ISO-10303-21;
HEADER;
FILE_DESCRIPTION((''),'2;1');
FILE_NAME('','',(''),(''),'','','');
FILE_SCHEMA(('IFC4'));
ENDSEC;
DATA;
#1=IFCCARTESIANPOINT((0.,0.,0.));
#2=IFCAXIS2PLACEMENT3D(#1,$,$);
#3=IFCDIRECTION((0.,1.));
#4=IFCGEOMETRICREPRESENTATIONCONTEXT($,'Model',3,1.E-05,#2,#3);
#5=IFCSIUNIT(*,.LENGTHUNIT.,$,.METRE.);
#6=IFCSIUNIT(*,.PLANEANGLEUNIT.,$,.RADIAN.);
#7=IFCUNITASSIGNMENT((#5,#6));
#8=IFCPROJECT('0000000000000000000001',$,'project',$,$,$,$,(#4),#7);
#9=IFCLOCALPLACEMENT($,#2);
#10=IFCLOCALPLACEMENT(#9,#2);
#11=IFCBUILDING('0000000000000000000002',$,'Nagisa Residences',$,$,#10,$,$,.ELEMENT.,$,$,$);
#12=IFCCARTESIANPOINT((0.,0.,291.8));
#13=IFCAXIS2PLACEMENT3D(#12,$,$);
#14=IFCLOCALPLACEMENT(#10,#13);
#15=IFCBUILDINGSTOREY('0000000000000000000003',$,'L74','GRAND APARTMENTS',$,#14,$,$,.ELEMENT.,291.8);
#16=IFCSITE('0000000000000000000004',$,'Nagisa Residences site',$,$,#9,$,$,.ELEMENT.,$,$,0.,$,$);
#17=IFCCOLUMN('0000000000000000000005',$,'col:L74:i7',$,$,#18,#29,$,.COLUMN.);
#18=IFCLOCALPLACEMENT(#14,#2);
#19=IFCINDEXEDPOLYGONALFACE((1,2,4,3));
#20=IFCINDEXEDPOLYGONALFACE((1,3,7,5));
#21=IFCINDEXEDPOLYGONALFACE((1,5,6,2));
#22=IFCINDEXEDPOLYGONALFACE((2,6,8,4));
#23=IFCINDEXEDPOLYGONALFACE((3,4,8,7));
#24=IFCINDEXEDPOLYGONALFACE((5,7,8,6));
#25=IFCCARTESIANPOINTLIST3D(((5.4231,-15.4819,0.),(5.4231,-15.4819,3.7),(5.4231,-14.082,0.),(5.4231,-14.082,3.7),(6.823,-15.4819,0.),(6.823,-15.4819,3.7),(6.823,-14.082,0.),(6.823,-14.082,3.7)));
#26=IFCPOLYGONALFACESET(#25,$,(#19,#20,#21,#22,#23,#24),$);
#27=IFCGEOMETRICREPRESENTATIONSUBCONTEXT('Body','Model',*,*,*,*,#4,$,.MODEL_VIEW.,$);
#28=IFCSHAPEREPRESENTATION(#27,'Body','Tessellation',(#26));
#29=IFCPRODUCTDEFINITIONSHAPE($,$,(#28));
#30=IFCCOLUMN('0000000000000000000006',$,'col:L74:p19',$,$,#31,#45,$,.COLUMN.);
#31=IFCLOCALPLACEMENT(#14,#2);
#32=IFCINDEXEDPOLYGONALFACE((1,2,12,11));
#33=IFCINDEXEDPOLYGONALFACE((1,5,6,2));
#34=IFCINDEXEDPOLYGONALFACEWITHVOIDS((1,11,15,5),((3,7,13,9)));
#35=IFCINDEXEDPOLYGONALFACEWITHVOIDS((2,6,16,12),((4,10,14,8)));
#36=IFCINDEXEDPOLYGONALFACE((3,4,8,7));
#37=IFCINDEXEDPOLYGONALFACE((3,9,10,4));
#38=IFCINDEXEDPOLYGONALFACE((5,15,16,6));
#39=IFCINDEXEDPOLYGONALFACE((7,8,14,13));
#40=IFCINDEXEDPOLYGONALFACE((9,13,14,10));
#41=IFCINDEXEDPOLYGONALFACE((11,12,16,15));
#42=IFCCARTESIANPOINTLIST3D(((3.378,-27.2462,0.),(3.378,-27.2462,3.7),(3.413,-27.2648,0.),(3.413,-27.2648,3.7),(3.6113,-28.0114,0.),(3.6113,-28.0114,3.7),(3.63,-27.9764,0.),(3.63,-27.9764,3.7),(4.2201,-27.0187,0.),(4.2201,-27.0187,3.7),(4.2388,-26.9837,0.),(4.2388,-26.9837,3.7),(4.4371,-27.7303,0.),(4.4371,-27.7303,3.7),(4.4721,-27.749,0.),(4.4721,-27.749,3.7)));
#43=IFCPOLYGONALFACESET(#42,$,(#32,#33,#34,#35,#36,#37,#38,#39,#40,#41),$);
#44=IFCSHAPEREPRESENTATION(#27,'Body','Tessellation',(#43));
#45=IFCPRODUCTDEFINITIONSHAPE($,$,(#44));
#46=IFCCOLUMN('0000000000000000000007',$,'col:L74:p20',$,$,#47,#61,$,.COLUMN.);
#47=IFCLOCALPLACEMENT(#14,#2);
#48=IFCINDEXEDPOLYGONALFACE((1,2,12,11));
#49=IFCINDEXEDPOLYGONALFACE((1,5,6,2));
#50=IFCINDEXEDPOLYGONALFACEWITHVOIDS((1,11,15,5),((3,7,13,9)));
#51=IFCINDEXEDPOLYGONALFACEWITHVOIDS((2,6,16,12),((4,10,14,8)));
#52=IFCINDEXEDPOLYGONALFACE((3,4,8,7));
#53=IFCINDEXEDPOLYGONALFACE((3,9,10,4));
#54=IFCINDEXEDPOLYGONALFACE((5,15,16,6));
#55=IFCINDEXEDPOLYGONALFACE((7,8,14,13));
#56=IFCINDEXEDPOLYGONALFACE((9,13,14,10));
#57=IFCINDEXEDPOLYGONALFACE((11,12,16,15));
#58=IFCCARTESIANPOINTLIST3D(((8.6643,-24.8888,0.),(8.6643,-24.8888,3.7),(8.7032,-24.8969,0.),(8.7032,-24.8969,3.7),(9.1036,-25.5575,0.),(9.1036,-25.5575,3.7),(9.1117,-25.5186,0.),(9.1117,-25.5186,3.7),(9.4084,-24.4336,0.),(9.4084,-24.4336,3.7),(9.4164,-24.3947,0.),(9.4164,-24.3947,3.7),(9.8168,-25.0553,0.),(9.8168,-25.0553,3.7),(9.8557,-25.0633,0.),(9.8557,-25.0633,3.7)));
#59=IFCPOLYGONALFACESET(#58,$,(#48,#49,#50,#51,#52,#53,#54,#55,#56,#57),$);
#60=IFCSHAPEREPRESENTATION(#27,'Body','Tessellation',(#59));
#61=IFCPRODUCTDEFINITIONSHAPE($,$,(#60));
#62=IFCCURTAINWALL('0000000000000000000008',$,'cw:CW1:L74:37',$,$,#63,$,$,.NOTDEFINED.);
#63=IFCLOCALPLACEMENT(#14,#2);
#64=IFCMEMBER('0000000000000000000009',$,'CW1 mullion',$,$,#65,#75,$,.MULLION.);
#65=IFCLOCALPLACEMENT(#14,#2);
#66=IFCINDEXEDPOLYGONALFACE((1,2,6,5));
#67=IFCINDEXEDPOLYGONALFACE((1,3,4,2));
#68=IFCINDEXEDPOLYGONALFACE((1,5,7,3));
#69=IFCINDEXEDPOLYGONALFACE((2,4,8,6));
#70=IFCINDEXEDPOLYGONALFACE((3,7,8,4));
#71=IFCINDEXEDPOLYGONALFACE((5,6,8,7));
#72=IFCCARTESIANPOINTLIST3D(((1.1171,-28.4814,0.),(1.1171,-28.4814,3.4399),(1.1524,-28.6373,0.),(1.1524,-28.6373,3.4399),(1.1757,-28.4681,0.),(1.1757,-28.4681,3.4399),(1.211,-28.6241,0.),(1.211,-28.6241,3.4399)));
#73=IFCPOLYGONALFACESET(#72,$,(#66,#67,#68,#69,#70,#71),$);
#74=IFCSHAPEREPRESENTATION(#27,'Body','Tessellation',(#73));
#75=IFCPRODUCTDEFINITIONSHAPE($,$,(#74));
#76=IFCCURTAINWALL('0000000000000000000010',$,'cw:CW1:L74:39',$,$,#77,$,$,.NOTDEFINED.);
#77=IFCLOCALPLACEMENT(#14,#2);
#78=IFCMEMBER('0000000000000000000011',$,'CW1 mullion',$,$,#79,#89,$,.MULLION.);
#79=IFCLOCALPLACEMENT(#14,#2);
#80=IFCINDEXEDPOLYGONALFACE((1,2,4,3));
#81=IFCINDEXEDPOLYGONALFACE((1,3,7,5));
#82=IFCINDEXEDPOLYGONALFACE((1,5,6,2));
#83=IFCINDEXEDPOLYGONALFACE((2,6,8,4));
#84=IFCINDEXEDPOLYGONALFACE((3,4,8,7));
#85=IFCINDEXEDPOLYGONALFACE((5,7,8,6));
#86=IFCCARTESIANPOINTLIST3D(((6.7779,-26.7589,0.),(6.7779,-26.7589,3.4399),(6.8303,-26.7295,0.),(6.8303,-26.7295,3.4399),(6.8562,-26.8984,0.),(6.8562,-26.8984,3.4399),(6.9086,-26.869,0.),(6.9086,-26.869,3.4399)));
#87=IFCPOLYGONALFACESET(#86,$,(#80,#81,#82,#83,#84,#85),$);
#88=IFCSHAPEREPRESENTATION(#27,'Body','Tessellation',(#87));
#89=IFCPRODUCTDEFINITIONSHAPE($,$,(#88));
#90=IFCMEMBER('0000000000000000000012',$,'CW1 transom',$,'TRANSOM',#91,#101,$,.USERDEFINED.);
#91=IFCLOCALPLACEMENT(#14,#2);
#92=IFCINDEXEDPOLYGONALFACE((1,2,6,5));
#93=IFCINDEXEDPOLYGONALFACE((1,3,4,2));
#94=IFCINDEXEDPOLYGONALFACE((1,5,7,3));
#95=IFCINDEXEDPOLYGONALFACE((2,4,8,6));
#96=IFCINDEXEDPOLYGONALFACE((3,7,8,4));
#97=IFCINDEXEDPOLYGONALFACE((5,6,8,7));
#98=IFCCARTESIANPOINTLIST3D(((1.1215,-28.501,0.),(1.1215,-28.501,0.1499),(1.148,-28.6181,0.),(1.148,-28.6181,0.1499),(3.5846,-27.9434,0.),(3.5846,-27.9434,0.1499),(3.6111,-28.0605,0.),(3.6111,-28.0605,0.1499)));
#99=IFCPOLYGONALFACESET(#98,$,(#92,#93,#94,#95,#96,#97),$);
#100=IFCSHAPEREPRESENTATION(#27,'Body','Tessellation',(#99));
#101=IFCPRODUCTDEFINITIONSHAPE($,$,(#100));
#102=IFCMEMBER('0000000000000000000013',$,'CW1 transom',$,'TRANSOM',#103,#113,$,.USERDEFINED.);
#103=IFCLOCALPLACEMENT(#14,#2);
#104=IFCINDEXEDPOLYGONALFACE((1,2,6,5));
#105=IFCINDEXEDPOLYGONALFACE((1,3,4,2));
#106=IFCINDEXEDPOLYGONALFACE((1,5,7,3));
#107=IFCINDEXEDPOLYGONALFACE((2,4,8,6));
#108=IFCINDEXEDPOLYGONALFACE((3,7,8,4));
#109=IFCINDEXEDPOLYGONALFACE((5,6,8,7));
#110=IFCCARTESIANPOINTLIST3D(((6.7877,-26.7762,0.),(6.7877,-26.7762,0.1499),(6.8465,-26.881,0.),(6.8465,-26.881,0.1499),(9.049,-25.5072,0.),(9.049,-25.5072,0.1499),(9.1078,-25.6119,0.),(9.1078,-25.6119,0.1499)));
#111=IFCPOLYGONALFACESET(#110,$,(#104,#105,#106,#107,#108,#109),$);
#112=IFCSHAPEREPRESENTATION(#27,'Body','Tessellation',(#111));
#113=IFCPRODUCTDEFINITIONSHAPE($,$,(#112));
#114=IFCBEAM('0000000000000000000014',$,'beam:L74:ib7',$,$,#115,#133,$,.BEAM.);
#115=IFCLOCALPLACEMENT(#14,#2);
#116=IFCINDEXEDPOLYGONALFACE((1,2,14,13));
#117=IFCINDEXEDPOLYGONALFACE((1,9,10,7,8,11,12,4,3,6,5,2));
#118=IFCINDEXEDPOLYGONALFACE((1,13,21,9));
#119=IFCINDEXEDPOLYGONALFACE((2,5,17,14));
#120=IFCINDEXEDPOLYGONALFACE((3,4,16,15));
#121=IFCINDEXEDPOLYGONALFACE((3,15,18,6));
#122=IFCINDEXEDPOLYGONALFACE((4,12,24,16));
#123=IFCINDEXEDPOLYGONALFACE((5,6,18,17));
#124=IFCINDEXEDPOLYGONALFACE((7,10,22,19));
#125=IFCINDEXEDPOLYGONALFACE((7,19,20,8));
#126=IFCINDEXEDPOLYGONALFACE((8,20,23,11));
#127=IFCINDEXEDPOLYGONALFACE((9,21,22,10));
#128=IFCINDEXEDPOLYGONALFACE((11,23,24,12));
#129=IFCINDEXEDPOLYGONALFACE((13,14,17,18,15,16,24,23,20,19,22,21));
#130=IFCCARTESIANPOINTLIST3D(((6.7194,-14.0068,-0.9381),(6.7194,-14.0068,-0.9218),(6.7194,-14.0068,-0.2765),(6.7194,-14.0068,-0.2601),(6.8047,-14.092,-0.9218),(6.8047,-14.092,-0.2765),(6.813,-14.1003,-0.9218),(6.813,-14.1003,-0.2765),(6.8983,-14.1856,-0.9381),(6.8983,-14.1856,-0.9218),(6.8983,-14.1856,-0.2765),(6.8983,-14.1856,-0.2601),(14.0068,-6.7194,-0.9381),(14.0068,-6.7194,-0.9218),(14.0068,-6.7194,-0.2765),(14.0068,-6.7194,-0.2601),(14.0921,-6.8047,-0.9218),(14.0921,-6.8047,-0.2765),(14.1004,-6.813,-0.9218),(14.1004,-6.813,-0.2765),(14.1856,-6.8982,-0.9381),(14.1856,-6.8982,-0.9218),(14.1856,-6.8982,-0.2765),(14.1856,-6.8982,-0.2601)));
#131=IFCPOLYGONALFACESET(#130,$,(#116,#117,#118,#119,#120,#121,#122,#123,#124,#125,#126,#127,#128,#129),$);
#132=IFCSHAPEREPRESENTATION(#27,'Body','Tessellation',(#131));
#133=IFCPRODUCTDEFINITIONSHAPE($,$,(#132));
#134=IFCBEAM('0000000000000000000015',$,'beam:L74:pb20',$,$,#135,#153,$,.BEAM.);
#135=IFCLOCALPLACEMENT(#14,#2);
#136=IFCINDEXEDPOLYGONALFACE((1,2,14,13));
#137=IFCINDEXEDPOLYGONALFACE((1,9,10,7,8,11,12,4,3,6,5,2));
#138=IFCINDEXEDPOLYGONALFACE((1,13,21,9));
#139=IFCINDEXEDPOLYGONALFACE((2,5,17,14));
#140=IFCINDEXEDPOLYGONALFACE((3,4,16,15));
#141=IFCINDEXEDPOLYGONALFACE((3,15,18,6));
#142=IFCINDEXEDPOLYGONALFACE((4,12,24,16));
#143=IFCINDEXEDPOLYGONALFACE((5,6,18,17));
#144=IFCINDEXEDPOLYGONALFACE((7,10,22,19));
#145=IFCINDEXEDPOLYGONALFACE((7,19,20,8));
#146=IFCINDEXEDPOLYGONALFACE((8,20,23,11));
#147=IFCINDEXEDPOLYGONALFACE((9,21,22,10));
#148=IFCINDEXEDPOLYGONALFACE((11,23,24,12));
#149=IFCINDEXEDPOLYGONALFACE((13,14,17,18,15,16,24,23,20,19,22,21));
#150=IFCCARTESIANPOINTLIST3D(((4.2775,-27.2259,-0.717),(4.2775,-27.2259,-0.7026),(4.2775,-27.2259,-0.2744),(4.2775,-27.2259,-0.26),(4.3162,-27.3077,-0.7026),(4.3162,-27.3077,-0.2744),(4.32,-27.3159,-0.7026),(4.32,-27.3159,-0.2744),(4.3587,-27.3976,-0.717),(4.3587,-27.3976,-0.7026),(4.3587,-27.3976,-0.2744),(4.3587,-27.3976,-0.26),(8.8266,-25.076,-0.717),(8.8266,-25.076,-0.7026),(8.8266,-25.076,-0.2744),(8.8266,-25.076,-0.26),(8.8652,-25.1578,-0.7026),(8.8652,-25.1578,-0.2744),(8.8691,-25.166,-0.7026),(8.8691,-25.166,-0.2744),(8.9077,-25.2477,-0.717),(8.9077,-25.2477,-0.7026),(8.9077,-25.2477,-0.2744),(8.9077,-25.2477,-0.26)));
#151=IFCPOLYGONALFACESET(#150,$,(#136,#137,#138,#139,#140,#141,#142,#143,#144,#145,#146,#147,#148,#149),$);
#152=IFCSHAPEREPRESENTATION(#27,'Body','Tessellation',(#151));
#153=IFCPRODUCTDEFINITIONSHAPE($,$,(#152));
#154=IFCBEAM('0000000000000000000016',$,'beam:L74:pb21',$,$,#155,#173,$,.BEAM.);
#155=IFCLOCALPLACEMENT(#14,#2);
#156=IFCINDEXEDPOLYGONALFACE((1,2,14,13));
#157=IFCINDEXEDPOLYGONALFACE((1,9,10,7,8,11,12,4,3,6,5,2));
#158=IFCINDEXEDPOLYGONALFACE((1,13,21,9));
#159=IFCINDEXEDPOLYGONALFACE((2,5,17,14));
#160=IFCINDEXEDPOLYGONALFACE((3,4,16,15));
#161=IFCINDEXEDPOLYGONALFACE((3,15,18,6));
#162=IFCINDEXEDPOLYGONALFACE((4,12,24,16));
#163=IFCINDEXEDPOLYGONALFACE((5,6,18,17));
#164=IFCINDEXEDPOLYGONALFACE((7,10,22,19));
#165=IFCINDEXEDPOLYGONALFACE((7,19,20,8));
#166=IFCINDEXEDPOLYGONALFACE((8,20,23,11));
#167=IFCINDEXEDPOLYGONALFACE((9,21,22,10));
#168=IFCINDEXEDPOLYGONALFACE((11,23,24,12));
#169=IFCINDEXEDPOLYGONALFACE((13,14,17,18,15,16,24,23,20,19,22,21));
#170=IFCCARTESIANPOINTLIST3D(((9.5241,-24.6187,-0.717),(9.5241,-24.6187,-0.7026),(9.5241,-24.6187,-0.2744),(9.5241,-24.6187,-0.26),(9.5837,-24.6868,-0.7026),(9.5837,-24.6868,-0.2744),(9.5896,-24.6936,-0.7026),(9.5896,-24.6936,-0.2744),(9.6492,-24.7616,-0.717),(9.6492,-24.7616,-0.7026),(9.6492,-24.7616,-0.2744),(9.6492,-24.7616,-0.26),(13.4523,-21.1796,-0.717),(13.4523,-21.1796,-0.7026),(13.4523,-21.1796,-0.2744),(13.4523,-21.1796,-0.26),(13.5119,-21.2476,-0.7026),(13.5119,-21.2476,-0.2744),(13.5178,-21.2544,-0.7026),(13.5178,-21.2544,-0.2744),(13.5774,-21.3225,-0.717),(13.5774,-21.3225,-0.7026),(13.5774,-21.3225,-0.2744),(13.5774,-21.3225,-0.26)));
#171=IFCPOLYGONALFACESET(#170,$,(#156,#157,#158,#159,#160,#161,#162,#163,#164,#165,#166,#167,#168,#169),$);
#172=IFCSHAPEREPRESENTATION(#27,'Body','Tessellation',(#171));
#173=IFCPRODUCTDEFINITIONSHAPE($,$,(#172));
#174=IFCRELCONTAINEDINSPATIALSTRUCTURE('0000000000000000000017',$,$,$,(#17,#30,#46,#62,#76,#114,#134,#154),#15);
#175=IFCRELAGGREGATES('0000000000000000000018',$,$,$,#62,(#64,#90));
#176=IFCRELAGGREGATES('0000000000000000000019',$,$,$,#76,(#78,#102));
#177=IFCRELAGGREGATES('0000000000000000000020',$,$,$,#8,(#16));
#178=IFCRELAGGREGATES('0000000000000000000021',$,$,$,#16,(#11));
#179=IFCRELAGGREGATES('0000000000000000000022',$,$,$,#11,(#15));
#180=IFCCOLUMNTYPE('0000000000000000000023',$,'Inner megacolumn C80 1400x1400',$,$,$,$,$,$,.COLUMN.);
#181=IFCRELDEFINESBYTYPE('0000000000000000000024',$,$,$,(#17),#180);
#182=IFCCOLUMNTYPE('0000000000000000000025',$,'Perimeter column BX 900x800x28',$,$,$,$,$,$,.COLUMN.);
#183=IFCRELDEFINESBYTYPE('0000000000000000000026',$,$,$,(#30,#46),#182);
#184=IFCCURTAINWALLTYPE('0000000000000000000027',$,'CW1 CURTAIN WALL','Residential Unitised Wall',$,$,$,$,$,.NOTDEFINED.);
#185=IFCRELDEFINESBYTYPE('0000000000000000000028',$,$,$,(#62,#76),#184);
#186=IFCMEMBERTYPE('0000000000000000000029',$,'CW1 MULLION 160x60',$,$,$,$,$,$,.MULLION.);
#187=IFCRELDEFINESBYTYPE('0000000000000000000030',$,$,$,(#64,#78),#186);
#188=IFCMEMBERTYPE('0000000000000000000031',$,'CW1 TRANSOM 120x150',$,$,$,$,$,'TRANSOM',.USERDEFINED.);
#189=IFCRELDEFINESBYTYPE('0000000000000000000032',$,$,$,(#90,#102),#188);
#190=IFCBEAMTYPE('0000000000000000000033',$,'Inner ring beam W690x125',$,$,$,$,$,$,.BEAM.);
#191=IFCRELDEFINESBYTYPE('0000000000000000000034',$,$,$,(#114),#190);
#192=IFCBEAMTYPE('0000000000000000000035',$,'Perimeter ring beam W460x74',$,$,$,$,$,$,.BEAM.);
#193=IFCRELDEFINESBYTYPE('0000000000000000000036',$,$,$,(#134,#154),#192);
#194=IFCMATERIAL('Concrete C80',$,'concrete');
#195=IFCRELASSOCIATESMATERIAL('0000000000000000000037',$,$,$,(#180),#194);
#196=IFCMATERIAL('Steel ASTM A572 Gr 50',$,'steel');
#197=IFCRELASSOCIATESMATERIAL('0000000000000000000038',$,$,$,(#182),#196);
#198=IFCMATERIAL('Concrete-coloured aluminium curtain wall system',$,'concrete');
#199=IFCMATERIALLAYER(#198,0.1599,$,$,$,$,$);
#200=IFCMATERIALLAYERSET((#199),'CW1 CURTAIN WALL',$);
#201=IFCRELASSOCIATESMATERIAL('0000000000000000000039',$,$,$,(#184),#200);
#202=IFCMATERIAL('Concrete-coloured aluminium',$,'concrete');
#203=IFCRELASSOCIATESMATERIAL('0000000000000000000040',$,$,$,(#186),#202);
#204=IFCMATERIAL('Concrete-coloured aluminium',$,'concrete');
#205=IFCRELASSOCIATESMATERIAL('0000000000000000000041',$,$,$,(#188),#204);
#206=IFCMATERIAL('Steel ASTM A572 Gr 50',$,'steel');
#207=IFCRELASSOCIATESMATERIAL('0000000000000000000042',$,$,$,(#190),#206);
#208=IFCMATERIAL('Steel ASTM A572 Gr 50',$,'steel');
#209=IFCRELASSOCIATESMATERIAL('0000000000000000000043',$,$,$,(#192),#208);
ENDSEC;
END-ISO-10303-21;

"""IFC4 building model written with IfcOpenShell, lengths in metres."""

from ifc_helpers import new_model, si_unit, direction, frame, origin, origin_2d, place, context, subcontext, project, spatial, rectangle, hollow_rectangle, i_section, extrude, material, layer, layer_set, material_profile, profile_set, type_object, element, aggregate, save


model = new_model("IFC4")

# Units and contexts
model_context = context("Model", 3, precision=1e-05, world=origin(), true_north=direction((0.0, 1.0)))
body_context = subcontext(model_context, "Body", "Model", "MODEL_VIEW")
ifc_project = project(units=[si_unit("LENGTHUNIT", "METRE"), si_unit("PLANEANGLEUNIT", "RADIAN")], contexts=[model_context])

# Site, building, storey
site_placement = place(None, origin())
site = spatial("IfcSite", under=ifc_project, at=site_placement, Name="Nagisa Residences site", CompositionType="ELEMENT", RefElevation=0.0)
building_placement = place(site_placement, origin())
building = spatial("IfcBuilding", under=site, at=building_placement, Name="Nagisa Residences", CompositionType="ELEMENT")
storey_placement = place(building_placement, frame((0.0, 0.0, 291.8)))
storey = spatial("IfcBuildingStorey", under=building, at=storey_placement, Name="L74", Description="GRAND APARTMENTS", CompositionType="ELEMENT", Elevation=291.8)

# Columns
ifc_material_1 = material(Name="Concrete C80", Category="concrete")
ifc_material_profile_1 = material_profile(ifc_material_1, rectangle(XDim=1.3999, YDim=1.3999, at=origin_2d()), Name="C80 1400x1400")
ifc_profile_set_1 = profile_set([ifc_material_profile_1], Name="Concrete C80")
column_type_1 = type_object("IfcColumnType", Name="Inner megacolumn C80 1400x1400", PredefinedType="COLUMN", material=ifc_profile_set_1)
column_placement = place(storey_placement, frame((6.123, -14.782, 0.0), z_axis=(0.0, 0.0, 1.0), x_axis=(1.0, 0.0, 0.0)))
element("IfcColumn", 1, at=column_placement, inside=storey, type_object=column_type_1, Name="col:L74:i7", PredefinedType="COLUMN", context=body_context, shape_type="SweptSolid", body=[
    extrude(rectangle(XDim=1.3999, YDim=1.3999, at=origin_2d()), origin(), (0.0, 0.0, 1.0), 3.7),
])
ifc_material_2 = material(Name="Steel ASTM A572 Gr 50", Category="steel")
ifc_material_profile_2 = material_profile(ifc_material_2, hollow_rectangle(XDim=0.8999, YDim=0.8, WallThickness=0.0281, at=origin_2d()), Name="BX 900x800x28")
ifc_profile_set_2 = profile_set([ifc_material_profile_2], Name="Steel ASTM A572 Gr 50")
column_type_2 = type_object("IfcColumnType", Name="Perimeter column BX 900x800x28", PredefinedType="COLUMN", material=ifc_profile_set_2)
for number, where, z_axis, x_axis, name in (
    (2, (3.925, -27.4976, 0.0), (0.0, 0.0, 1.0), (0.956525, 0.291652, 0.0), "col:L74:p19"),
    (3, (9.26, -24.9761, 0.0), (0.0, 0.0, 1.0), (0.835766, 0.549086, 0.0), "col:L74:p20"),
):
    element("IfcColumn", number, at=place(storey_placement, frame(where, z_axis=z_axis, x_axis=x_axis)), inside=storey, type_object=column_type_2, Name=name, PredefinedType="COLUMN", context=body_context, shape_type="SweptSolid", body=[
        extrude(hollow_rectangle(XDim=0.8999, YDim=0.8, WallThickness=0.0281, at=origin_2d()), origin(), (0.0, 0.0, 1.0), 3.7),
    ])

# Curtain walls, members
ifc_material_3 = material(Name="Concrete-coloured aluminium curtain wall system", Category="concrete")
ifc_layer_1 = layer(ifc_material_3, 0.1599)
ifc_layer_set_1 = layer_set([ifc_layer_1], Name="CW1 CURTAIN WALL")
curtain_wall_type = type_object("IfcCurtainWallType", Name="CW1 CURTAIN WALL", Description="Residential Unitised Wall", PredefinedType="NOTDEFINED", material=ifc_layer_set_1)
curtain_wall_1_placement = place(storey_placement, origin())
curtain_wall_1 = element("IfcCurtainWall", 4, at=curtain_wall_1_placement, inside=storey, type_object=curtain_wall_type, Name="cw:CW1:L74:37", PredefinedType="NOTDEFINED")
ifc_material_4 = material(Name="Concrete-coloured aluminium", Category="concrete")
ifc_material_profile_3 = material_profile(ifc_material_4, rectangle(XDim=0.1599, YDim=0.0601, at=origin_2d()), Name="CW1 MULLION 160x60")
ifc_profile_set_3 = profile_set([ifc_material_profile_3], Name="Concrete-coloured aluminium")
member_type_1 = type_object("IfcMemberType", Name="CW1 MULLION 160x60", PredefinedType="MULLION", material=ifc_profile_set_3)
member_1_placement = place(storey_placement, frame((1.1641, -28.5527, 0.0), z_axis=(0.0, 0.0, 1.0), x_axis=(-0.220764, 0.975327, 0.0)))
member_1 = element("IfcMember", 5, at=member_1_placement, type_object=member_type_1, Name="CW1 mullion", PredefinedType="MULLION", context=body_context, shape_type="SweptSolid", body=[
    extrude(rectangle(XDim=0.1599, YDim=0.0601, at=origin_2d()), origin(), (0.0, 0.0, 1.0), 3.4399),
])
curtain_wall_2_placement = place(storey_placement, origin())
curtain_wall_2 = element("IfcCurtainWall", 6, at=curtain_wall_2_placement, inside=storey, type_object=curtain_wall_type, Name="cw:CW1:L74:39", PredefinedType="NOTDEFINED")
member_2_placement = place(storey_placement, frame((6.8433, -26.814, 0.0), z_axis=(0.0, 0.0, 1.0), x_axis=(-0.489377, 0.872072, 0.0)))
member_2 = element("IfcMember", 7, at=member_2_placement, type_object=member_type_1, Name="CW1 mullion", PredefinedType="MULLION", context=body_context, shape_type="SweptSolid", body=[
    extrude(rectangle(XDim=0.1599, YDim=0.0601, at=origin_2d()), origin(), (0.0, 0.0, 1.0), 3.4399),
])

# Members
ifc_material_5 = material(Name="Concrete-coloured aluminium", Category="concrete")
ifc_material_profile_4 = material_profile(ifc_material_5, rectangle(XDim=0.1201, YDim=0.1499, at=origin_2d()), Name="CW1 TRANSOM 120x150")
ifc_profile_set_4 = profile_set([ifc_material_profile_4], Name="Concrete-coloured aluminium")
member_type_2 = type_object("IfcMemberType", Name="CW1 TRANSOM 120x150", ElementType="TRANSOM", PredefinedType="USERDEFINED", material=ifc_profile_set_4)
member_3_placement = place(storey_placement, frame((1.1348, -28.5596, 0.075), z_axis=(0.97532, 0.220798, 0.0), x_axis=(-0.220798, 0.97532, 0.0)))
member_3 = element("IfcMember", 8, at=member_3_placement, type_object=member_type_2, Name="CW1 transom", ObjectType="TRANSOM", PredefinedType="USERDEFINED", context=body_context, shape_type="SweptSolid", body=[
    extrude(rectangle(XDim=0.1201, YDim=0.1499, at=origin_2d()), origin(), (0.0, 0.0, 1.0), 2.5254),
])
member_4_placement = place(storey_placement, frame((6.8171, -26.8286, 0.075), z_axis=(0.872053, 0.489412, 0.0), x_axis=(-0.489412, 0.872053, 0.0)))
member_4 = element("IfcMember", 9, at=member_4_placement, type_object=member_type_2, Name="CW1 transom", ObjectType="TRANSOM", PredefinedType="USERDEFINED", context=body_context, shape_type="SweptSolid", body=[
    extrude(rectangle(XDim=0.1201, YDim=0.1499, at=origin_2d()), origin(), (0.0, 0.0, 1.0), 2.593),
])

# Beams
ifc_material_6 = material(Name="Steel ASTM A572 Gr 50", Category="steel")
ifc_material_profile_5 = material_profile(ifc_material_6, i_section(OverallWidth=0.2529, OverallDepth=0.678, WebThickness=0.0117, FlangeThickness=0.0164, at=origin_2d()), Name="W690x125")
ifc_profile_set_5 = profile_set([ifc_material_profile_5], Name="Steel ASTM A572 Gr 50")
beam_type_1 = type_object("IfcBeamType", Name="Inner ring beam W690x125", PredefinedType="BEAM", material=ifc_profile_set_5)
beam_1_placement = place(storey_placement, frame((6.8088, -14.0962, -0.5991), z_axis=(0.707107, 0.707107, 0.0), x_axis=(-0.707107, 0.707107, 0.0)))
element("IfcBeam", 10, at=beam_1_placement, inside=storey, type_object=beam_type_1, Name="beam:L74:ib7", PredefinedType="BEAM", context=body_context, shape_type="SweptSolid", body=[
    extrude(i_section(OverallWidth=0.2529, OverallDepth=0.678, WebThickness=0.0117, FlangeThickness=0.0164, at=origin_2d()), origin(), (0.0, 0.0, 1.0), 10.3059),
])
ifc_material_7 = material(Name="Steel ASTM A572 Gr 50", Category="steel")
ifc_material_profile_6 = material_profile(ifc_material_7, i_section(OverallWidth=0.1899, OverallDepth=0.457, WebThickness=0.009, FlangeThickness=0.0144, at=origin_2d()), Name="W460x74")
ifc_profile_set_6 = profile_set([ifc_material_profile_6], Name="Steel ASTM A572 Gr 50")
beam_type_2 = type_object("IfcBeamType", Name="Perimeter ring beam W460x74", PredefinedType="BEAM", material=ifc_profile_set_6)
beam_2_placement = place(storey_placement, frame((4.3181, -27.3118, -0.4885), z_axis=(0.904116, 0.427287, 0.0), x_axis=(-0.427287, 0.904116, 0.0)))
element("IfcBeam", 11, at=beam_2_placement, inside=storey, type_object=beam_type_2, Name="beam:L74:pb20", PredefinedType="BEAM", context=body_context, shape_type="SweptSolid", body=[
    extrude(i_section(OverallWidth=0.1899, OverallDepth=0.457, WebThickness=0.009, FlangeThickness=0.0144, at=origin_2d()), origin(), (0.0, 0.0, 1.0), 5.0315),
])
beam_3_placement = place(storey_placement, frame((9.5867, -24.6902, -0.4885), z_axis=(0.752385, 0.658723, 0.0), x_axis=(-0.658723, 0.752385, 0.0)))
element("IfcBeam", 12, at=beam_3_placement, inside=storey, type_object=beam_type_2, Name="beam:L74:pb21", PredefinedType="BEAM", context=body_context, shape_type="SweptSolid", body=[
    extrude(i_section(OverallWidth=0.1899, OverallDepth=0.457, WebThickness=0.009, FlangeThickness=0.0144, at=origin_2d()), origin(), (0.0, 0.0, 1.0), 5.2209),
])

aggregate(curtain_wall_1, [member_1, member_3])
aggregate(curtain_wall_2, [member_2, member_4])

save(model, "model.ifc")
